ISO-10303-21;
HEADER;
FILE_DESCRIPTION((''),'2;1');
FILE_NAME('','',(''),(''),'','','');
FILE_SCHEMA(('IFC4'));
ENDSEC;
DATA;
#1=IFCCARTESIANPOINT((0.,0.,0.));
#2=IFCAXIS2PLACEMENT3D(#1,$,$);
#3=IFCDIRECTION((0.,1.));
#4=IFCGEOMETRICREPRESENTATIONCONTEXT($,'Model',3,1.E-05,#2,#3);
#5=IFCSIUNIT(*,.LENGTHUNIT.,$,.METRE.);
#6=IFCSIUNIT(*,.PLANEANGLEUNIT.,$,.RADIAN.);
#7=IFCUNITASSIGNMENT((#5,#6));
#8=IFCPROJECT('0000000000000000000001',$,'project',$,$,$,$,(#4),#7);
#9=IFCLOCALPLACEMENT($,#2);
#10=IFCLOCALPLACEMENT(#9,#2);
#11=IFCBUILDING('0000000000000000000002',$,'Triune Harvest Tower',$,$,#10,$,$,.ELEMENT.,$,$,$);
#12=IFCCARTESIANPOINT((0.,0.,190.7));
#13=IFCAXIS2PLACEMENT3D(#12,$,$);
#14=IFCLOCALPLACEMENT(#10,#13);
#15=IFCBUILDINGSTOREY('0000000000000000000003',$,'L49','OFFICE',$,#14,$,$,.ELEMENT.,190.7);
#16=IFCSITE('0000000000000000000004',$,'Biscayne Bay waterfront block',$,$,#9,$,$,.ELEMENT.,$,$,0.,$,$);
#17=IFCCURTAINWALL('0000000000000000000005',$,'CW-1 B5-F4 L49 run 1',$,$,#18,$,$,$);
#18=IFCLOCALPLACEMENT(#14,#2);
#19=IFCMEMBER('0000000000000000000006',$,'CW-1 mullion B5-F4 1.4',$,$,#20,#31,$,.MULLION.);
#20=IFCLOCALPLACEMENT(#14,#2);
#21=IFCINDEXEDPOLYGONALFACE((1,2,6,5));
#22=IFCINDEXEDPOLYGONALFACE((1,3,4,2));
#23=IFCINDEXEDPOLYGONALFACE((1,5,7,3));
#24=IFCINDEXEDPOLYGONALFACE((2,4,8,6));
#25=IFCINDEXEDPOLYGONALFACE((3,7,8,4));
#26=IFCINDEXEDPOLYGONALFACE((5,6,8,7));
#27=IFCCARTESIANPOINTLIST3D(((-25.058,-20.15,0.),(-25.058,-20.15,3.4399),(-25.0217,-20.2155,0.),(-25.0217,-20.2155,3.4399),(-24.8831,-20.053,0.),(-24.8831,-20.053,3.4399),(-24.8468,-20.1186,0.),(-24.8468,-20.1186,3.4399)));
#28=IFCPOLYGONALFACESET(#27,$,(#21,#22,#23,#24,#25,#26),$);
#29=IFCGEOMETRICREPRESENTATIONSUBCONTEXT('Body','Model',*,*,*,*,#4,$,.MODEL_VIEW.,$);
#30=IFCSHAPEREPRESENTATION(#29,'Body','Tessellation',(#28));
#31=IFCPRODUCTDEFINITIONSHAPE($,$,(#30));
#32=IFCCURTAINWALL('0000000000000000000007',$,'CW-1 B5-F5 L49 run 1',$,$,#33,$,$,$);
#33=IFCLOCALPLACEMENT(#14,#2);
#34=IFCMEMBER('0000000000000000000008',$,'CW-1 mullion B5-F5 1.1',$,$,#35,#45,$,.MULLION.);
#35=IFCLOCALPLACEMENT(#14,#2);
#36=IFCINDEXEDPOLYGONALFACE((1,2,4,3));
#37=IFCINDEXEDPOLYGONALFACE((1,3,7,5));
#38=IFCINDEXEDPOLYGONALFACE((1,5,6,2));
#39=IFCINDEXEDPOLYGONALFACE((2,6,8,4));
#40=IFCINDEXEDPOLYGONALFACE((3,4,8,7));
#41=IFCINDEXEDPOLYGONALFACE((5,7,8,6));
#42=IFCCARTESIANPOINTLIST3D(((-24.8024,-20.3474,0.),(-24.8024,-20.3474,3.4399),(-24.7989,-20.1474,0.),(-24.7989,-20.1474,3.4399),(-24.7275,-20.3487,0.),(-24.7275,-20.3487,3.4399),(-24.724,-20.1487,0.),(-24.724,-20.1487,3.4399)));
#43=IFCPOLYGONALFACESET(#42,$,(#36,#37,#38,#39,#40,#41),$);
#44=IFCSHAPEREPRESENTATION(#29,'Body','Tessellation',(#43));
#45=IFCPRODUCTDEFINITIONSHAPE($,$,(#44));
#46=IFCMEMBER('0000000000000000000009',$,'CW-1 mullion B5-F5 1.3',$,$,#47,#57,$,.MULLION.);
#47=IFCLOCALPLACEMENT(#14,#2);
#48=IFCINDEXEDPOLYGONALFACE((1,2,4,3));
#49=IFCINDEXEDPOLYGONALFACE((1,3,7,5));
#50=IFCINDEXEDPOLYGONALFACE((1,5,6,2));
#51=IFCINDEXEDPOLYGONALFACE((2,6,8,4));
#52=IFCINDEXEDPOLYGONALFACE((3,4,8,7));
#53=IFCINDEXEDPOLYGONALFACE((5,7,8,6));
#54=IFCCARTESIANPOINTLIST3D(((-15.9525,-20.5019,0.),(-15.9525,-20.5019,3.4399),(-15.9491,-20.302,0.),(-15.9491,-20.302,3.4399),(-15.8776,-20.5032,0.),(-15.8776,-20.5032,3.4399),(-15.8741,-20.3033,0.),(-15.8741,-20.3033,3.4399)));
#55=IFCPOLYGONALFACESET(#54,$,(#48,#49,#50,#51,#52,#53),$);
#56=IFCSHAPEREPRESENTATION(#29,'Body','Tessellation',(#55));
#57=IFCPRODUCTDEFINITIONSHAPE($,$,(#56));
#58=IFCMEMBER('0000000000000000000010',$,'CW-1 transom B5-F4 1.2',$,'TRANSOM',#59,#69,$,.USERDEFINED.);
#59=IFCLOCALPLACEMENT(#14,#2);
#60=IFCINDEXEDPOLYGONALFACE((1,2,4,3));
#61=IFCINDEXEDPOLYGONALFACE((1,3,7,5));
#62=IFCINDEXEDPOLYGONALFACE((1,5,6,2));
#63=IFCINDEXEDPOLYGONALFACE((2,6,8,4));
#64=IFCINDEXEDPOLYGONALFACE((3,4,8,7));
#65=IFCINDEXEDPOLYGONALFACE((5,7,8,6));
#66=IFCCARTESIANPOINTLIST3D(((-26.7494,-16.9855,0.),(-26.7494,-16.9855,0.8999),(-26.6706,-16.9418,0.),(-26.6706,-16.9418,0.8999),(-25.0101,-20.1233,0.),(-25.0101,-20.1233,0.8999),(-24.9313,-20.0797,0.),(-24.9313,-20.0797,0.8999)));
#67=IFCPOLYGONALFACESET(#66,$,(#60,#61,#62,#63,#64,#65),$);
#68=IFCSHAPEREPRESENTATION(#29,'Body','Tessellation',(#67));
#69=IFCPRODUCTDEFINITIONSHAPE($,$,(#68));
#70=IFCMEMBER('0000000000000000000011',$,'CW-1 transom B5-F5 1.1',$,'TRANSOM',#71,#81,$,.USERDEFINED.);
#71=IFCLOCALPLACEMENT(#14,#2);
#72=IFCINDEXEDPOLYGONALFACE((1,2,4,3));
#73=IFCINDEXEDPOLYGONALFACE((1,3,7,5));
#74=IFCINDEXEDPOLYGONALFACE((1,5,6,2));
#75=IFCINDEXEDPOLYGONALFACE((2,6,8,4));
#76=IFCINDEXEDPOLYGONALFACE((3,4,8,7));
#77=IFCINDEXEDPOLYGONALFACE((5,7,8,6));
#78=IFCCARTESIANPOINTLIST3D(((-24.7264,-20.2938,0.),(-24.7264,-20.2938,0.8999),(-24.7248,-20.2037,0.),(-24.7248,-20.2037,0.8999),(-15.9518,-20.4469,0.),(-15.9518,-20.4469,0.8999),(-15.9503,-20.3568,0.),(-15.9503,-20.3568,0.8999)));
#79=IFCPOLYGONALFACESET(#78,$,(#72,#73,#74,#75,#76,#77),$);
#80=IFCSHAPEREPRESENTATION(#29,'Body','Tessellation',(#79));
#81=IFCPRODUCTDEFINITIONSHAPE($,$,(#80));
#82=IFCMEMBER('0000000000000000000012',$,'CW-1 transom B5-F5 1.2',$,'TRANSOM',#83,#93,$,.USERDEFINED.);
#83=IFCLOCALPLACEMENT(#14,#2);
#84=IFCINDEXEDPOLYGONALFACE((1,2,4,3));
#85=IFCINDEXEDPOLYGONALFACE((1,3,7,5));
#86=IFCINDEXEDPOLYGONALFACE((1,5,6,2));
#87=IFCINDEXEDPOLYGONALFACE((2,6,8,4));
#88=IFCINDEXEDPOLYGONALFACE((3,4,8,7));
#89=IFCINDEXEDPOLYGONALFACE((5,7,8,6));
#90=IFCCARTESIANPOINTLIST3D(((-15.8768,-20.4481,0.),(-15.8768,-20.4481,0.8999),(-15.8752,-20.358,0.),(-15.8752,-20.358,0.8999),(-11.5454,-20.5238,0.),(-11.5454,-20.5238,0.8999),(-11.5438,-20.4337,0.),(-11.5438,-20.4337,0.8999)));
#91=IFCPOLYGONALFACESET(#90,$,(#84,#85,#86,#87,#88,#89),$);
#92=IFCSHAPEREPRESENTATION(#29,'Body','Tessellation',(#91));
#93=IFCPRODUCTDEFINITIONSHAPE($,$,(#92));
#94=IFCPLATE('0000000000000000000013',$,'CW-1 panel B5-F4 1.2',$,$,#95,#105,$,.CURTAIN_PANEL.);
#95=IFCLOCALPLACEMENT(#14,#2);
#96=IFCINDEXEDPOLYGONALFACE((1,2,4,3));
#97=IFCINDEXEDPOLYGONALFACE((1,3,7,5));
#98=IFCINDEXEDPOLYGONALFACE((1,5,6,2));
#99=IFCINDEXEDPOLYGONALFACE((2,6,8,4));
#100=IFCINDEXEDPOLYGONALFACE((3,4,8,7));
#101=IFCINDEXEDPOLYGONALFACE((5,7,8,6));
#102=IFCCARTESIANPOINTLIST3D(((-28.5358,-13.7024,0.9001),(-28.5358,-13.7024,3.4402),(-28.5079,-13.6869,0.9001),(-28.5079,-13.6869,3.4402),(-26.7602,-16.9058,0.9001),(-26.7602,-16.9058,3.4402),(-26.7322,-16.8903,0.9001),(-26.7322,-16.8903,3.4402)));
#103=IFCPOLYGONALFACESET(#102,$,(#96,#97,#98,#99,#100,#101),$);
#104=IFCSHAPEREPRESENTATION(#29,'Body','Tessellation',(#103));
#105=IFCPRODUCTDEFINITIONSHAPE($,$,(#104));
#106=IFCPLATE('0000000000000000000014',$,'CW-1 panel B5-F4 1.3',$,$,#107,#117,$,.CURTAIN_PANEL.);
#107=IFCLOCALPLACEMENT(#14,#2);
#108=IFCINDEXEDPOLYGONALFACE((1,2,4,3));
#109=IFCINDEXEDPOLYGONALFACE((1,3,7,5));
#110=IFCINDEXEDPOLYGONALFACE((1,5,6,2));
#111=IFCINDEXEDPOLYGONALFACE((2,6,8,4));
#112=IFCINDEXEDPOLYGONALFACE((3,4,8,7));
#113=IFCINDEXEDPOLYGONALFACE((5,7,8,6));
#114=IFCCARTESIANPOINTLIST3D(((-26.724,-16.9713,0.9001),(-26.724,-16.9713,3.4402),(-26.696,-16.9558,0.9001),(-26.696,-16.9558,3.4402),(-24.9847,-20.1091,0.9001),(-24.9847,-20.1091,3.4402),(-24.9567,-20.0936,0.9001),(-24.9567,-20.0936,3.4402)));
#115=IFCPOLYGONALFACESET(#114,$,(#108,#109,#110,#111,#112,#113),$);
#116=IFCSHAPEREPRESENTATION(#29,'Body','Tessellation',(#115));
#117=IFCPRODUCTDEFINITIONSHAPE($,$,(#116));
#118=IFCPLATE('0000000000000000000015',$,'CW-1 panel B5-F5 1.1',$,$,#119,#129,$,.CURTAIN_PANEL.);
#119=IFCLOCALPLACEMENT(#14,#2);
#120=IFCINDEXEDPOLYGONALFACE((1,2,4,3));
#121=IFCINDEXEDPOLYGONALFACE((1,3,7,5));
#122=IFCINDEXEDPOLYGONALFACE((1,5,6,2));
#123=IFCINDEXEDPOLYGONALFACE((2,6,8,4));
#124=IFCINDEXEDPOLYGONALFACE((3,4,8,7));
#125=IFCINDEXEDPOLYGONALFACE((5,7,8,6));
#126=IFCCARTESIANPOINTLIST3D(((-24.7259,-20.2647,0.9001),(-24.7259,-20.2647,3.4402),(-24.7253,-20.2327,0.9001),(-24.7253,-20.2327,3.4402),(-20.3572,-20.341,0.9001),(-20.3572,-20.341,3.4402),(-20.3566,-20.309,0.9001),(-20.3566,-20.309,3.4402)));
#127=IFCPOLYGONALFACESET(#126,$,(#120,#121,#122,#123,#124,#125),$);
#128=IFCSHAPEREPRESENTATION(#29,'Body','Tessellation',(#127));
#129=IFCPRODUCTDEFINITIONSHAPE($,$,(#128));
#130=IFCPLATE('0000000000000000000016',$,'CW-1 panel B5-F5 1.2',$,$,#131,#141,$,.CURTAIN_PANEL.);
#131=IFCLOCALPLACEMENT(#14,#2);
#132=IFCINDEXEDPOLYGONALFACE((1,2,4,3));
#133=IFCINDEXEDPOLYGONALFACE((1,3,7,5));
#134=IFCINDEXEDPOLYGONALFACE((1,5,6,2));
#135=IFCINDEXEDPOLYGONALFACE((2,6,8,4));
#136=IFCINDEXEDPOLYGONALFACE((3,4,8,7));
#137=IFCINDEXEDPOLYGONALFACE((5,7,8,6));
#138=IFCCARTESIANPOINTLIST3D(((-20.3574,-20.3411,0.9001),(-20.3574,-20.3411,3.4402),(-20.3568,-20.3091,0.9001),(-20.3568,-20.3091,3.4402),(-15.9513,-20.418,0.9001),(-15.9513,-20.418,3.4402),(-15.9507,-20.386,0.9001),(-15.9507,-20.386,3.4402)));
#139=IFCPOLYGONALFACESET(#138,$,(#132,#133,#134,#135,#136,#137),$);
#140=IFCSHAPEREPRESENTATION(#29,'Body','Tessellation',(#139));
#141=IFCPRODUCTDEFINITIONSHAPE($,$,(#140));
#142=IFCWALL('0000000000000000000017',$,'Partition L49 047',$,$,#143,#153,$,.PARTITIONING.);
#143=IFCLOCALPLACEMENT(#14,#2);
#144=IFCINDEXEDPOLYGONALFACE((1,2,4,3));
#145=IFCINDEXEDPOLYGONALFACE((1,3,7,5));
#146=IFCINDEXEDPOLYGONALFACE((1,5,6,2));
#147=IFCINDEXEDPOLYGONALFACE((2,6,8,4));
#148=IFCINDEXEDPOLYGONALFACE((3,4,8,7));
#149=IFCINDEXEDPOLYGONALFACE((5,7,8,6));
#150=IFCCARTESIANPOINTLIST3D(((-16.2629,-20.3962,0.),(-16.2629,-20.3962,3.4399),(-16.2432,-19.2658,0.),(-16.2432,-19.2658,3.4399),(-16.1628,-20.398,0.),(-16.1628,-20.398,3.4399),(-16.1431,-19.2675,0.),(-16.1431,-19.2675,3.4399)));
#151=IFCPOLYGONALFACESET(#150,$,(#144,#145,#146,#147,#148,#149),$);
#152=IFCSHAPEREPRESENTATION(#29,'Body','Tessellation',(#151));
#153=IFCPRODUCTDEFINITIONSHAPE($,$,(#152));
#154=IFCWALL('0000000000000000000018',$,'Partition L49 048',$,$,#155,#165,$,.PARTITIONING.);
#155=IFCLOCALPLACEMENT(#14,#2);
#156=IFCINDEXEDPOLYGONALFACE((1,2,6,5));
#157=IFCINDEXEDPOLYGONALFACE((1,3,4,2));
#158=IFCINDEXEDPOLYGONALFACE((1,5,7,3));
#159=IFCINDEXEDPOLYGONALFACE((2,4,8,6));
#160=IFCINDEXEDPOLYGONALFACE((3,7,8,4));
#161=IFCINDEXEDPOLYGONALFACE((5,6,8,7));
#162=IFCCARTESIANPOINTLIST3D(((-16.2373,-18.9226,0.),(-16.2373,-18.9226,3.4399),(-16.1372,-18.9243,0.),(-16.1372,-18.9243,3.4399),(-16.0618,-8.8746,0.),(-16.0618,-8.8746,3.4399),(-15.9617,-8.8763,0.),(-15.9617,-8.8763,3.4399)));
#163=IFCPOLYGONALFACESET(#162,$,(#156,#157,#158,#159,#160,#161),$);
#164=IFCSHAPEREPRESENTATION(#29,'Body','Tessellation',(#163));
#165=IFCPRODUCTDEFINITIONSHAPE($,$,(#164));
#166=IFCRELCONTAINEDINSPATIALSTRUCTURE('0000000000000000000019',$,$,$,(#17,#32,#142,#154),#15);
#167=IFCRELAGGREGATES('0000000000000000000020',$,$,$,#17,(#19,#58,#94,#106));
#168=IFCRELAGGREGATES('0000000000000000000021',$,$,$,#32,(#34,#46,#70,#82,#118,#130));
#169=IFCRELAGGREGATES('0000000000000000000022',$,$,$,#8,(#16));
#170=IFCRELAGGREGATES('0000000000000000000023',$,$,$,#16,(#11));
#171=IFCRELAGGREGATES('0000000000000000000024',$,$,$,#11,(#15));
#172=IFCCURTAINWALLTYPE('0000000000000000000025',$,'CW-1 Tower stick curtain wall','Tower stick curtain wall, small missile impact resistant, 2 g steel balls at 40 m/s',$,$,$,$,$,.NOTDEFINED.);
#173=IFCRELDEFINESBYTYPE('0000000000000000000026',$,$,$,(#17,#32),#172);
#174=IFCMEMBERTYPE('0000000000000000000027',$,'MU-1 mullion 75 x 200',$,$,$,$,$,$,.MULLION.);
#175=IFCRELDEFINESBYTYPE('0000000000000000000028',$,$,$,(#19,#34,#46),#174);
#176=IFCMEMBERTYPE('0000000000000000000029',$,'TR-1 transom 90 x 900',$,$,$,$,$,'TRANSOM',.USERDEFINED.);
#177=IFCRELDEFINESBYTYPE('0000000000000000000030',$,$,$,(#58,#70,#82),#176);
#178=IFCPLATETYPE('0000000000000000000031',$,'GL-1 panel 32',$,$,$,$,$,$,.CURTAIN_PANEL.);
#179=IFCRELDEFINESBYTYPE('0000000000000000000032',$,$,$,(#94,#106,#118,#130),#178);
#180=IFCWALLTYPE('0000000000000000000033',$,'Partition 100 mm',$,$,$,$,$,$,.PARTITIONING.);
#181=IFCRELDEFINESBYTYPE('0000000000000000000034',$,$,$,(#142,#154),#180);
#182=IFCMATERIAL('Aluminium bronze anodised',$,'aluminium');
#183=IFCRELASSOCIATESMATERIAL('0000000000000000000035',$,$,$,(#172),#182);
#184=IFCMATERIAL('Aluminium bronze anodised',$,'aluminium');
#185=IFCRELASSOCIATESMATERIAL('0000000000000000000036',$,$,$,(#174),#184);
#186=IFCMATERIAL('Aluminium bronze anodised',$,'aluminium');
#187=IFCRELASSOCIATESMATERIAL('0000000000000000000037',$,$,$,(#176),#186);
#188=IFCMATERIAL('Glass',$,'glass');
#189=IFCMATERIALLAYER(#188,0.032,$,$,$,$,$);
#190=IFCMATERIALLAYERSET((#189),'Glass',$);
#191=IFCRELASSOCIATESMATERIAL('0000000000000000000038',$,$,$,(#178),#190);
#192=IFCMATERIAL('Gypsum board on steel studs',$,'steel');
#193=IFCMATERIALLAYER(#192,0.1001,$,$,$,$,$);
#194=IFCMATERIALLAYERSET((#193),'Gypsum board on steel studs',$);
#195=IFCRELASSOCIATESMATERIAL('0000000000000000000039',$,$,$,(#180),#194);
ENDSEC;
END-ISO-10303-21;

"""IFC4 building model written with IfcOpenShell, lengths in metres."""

from ifc_helpers import new_model, si_unit, direction, frame, frame_2d, origin, origin_2d, place, context, subcontext, project, spatial, rectangle, extrude, source, transform, mapped, material, layer, layer_set, material_profile, profile_set, type_object, element, aggregate, save


model = new_model("IFC4")

# Units and contexts
model_context = context("Model", 3, precision=1e-05, world=origin(), true_north=direction((0.0, 1.0)))
body_context = subcontext(model_context, "Body", "Model", "MODEL_VIEW")
ifc_project = project(units=[si_unit("LENGTHUNIT", "METRE"), si_unit("PLANEANGLEUNIT", "RADIAN")], contexts=[model_context])

# Site, building, storey
site_placement = place(None, origin())
site = spatial("IfcSite", under=ifc_project, at=site_placement, Name="Biscayne Bay waterfront block", CompositionType="ELEMENT", RefElevation=0.0)
building_placement = place(site_placement, origin())
building = spatial("IfcBuilding", under=site, at=building_placement, Name="Triune Harvest Tower", CompositionType="ELEMENT")
storey_placement = place(building_placement, frame((0.0, 0.0, 190.7)))
storey = spatial("IfcBuildingStorey", under=building, at=storey_placement, Name="L49", Description="OFFICE", CompositionType="ELEMENT", Elevation=190.7)

# Curtain walls, members
ifc_material_1 = material(Name="Aluminium bronze anodised", Category="aluminium")
curtain_wall_type = type_object("IfcCurtainWallType", Name="CW-1 Tower stick curtain wall", Description="Tower stick curtain wall, small missile impact resistant, 2 g steel balls at 40 m/s", PredefinedType="NOTDEFINED", material=ifc_material_1)
curtain_wall_1_placement = place(storey_placement, origin())
curtain_wall_1 = element("IfcCurtainWall", 1, at=curtain_wall_1_placement, inside=storey, type_object=curtain_wall_type, Name="CW-1 B5-F4 L49 run 1")
ifc_material_2 = material(Name="Aluminium bronze anodised", Category="aluminium")
ifc_material_profile_1 = material_profile(ifc_material_2, rectangle(XDim=0.2, YDim=0.075, at=origin_2d()), Name="MU-1 mullion 75 x 200")
ifc_profile_set_1 = profile_set([ifc_material_profile_1], Name="Aluminium bronze anodised")
member_type_1 = type_object("IfcMemberType", Name="MU-1 mullion 75 x 200", PredefinedType="MULLION", material=ifc_profile_set_1)
shared_shape_1 = source(origin(), body_context, "Body", "SweptSolid", [
    extrude(rectangle(XDim=0.2, YDim=0.075, at=origin_2d()), origin(), (0.0, 0.0, 1.0), 3.4399),
])
member_1_placement = place(storey_placement, frame((-24.9524, -20.1343, 0.0), z_axis=(0.0, 0.0, 1.0), x_axis=(0.874624, 0.484802, 0.0)))
member_1 = element("IfcMember", 2, at=member_1_placement, type_object=member_type_1, Name="CW-1 mullion B5-F4 1.4", PredefinedType="MULLION", context=body_context, shape_type="MappedRepresentation", body=[
    mapped(shared_shape_1, transform((0.0, 0.0, 0.0), scale=1.0)),
])
curtain_wall_2_placement = place(storey_placement, origin())
curtain_wall_2 = element("IfcCurtainWall", 3, at=curtain_wall_2_placement, inside=storey, type_object=curtain_wall_type, Name="CW-1 B5-F5 L49 run 1")
member_2_placement = place(storey_placement, frame((-24.7632, -20.248, 0.0), z_axis=(0.0, 0.0, 1.0), x_axis=(0.017455, 0.999848, 0.0)))
member_2 = element("IfcMember", 4, at=member_2_placement, type_object=member_type_1, Name="CW-1 mullion B5-F5 1.1", PredefinedType="MULLION", context=body_context, shape_type="MappedRepresentation", body=[
    mapped(shared_shape_1, transform((0.0, 0.0, 0.0), scale=1.0)),
])
member_3_placement = place(storey_placement, frame((-15.9133, -20.4026, 0.0), z_axis=(0.0, 0.0, 1.0), x_axis=(0.017455, 0.999848, 0.0)))
member_3 = element("IfcMember", 5, at=member_3_placement, type_object=member_type_1, Name="CW-1 mullion B5-F5 1.3", PredefinedType="MULLION", context=body_context, shape_type="MappedRepresentation", body=[
    mapped(shared_shape_1, transform((0.0, 0.0, 0.0), scale=1.0)),
])

# Members
ifc_material_3 = material(Name="Aluminium bronze anodised", Category="aluminium")
ifc_material_profile_2 = material_profile(ifc_material_3, rectangle(XDim=0.0901, YDim=0.8999, at=origin_2d()), Name="TR-1 transom 90 x 900")
ifc_profile_set_2 = profile_set([ifc_material_profile_2], Name="Aluminium bronze anodised")
member_type_2 = type_object("IfcMemberType", Name="TR-1 transom 90 x 900", ElementType="TRANSOM", PredefinedType="USERDEFINED", material=ifc_profile_set_2)
shared_shape_2 = source(origin(), body_context, "Body", "SweptSolid", [
    extrude(rectangle(XDim=0.0901, YDim=0.8999, at=origin_2d()), origin(), (0.0, 0.0, 1.0), 3.5876),
])
member_4_placement = place(storey_placement, frame((-26.71, -16.9636, 0.45), z_axis=(0.484782, -0.874635, 0.0), x_axis=(0.874635, 0.484782, 0.0)))
member_4 = element("IfcMember", 6, at=member_4_placement, type_object=member_type_2, Name="CW-1 transom B5-F4 1.2", ObjectType="TRANSOM", PredefinedType="USERDEFINED", context=body_context, shape_type="MappedRepresentation", body=[
    mapped(shared_shape_2, transform((0.0, 0.0, 0.0), scale=1.0)),
])
shared_shape_3 = source(origin(), body_context, "Body", "SweptSolid", [
    extrude(rectangle(XDim=0.0901, YDim=0.8999, at=origin_2d()), origin(), (0.0, 0.0, 1.0), 8.7759),
])
member_5_placement = place(storey_placement, frame((-24.7256, -20.2488, 0.45), z_axis=(0.999848, -0.017443, 0.0), x_axis=(0.017443, 0.999848, 0.0)))
member_5 = element("IfcMember", 7, at=member_5_placement, type_object=member_type_2, Name="CW-1 transom B5-F5 1.1", ObjectType="TRANSOM", PredefinedType="USERDEFINED", context=body_context, shape_type="MappedRepresentation", body=[
    mapped(shared_shape_3, transform((0.0, 0.0, 0.0), scale=1.0)),
])
shared_shape_4 = source(origin(), body_context, "Body", "SweptSolid", [
    extrude(rectangle(XDim=0.0901, YDim=0.8999, at=origin_2d()), origin(), (0.0, 0.0, 1.0), 4.332),
])
member_6_placement = place(storey_placement, frame((-15.876, -20.4031, 0.45), z_axis=(0.999847, -0.017471, 0.0), x_axis=(0.017471, 0.999847, 0.0)))
member_6 = element("IfcMember", 8, at=member_6_placement, type_object=member_type_2, Name="CW-1 transom B5-F5 1.2", ObjectType="TRANSOM", PredefinedType="USERDEFINED", context=body_context, shape_type="MappedRepresentation", body=[
    mapped(shared_shape_4, transform((0.0, 0.0, 0.0), scale=1.0)),
])

# Plates
ifc_material_4 = material(Name="Glass", Category="glass")
ifc_layer_1 = layer(ifc_material_4, 0.032)
ifc_layer_set_1 = layer_set([ifc_layer_1], Name="Glass")
plate_type = type_object("IfcPlateType", Name="GL-1 panel 32", PredefinedType="CURTAIN_PANEL", material=ifc_layer_set_1)
shared_shape_5 = source(origin(), body_context, "Body", "SweptSolid", [
    extrude(rectangle(XDim=3.6626, YDim=0.032, at=origin_2d()), origin(), (0.0, 0.0, 1.0), 2.54),
])
plate_1_placement = place(storey_placement, frame((-27.634, -15.2964, 0.9001), z_axis=(0.0, 0.0, 1.0), x_axis=(0.484802, -0.874624, 0.0)))
plate_1 = element("IfcPlate", 9, at=plate_1_placement, type_object=plate_type, Name="CW-1 panel B5-F4 1.2", PredefinedType="CURTAIN_PANEL", context=body_context, shape_type="MappedRepresentation", body=[
    mapped(shared_shape_5, transform((0.0, 0.0, 0.0), scale=1.0)),
])
shared_shape_6 = source(origin(), body_context, "Body", "SweptSolid", [
    extrude(rectangle(XDim=3.5876, YDim=0.032, at=origin_2d()), origin(), (0.0, 0.0, 1.0), 2.54),
])
plate_2_placement = place(storey_placement, frame((-25.8403, -18.5325, 0.9001), z_axis=(0.0, 0.0, 1.0), x_axis=(0.484802, -0.874624, 0.0)))
plate_2 = element("IfcPlate", 10, at=plate_2_placement, type_object=plate_type, Name="CW-1 panel B5-F4 1.3", PredefinedType="CURTAIN_PANEL", context=body_context, shape_type="MappedRepresentation", body=[
    mapped(shared_shape_6, transform((0.0, 0.0, 0.0), scale=1.0)),
])
aggregate(curtain_wall_1, [member_1, member_4, plate_1, plate_2])
shared_shape_7 = source(origin(), body_context, "Body", "SweptSolid", [
    extrude(rectangle(XDim=4.3694, YDim=0.032, at=origin_2d()), origin(), (0.0, 0.0, 1.0), 2.54),
])
plate_3_placement = place(storey_placement, frame((-22.5413, -20.2869, 0.9001), z_axis=(0.0, 0.0, 1.0), x_axis=(0.999848, -0.017455, 0.0)))
plate_3 = element("IfcPlate", 11, at=plate_3_placement, type_object=plate_type, Name="CW-1 panel B5-F5 1.1", PredefinedType="CURTAIN_PANEL", context=body_context, shape_type="MappedRepresentation", body=[
    mapped(shared_shape_7, transform((0.0, 0.0, 0.0), scale=1.0)),
])
shared_shape_8 = source(origin(), body_context, "Body", "SweptSolid", [
    extrude(rectangle(XDim=4.4067, YDim=0.032, at=origin_2d()), origin(), (0.0, 0.0, 1.0), 2.54),
])
plate_4_placement = place(storey_placement, frame((-18.1541, -20.3635, 0.9001), z_axis=(0.0, 0.0, 1.0), x_axis=(0.999848, -0.017455, 0.0)))
plate_4 = element("IfcPlate", 12, at=plate_4_placement, type_object=plate_type, Name="CW-1 panel B5-F5 1.2", PredefinedType="CURTAIN_PANEL", context=body_context, shape_type="MappedRepresentation", body=[
    mapped(shared_shape_8, transform((0.0, 0.0, 0.0), scale=1.0)),
])
aggregate(curtain_wall_2, [member_2, member_3, member_5, member_6, plate_3, plate_4])

# Walls
ifc_material_5 = material(Name="Gypsum board on steel studs", Category="steel")
ifc_layer_2 = layer(ifc_material_5, 0.1001)
ifc_layer_set_2 = layer_set([ifc_layer_2], Name="Gypsum board on steel studs")
wall_type = type_object("IfcWallType", Name="Partition 100 mm", PredefinedType="PARTITIONING", material=ifc_layer_set_2)
shared_shape_9 = source(origin(), body_context, "Body", "SweptSolid", [
    extrude(rectangle(XDim=1.1306, YDim=0.1001, at=frame_2d((0.5654, 0.0))), origin(), (0.0, 0.0, 1.0), 3.4399),
])
wall_1_placement = place(storey_placement, frame((-16.2129, -20.3972, 0.0), z_axis=(0.0, 0.0, 1.0), x_axis=(0.017492, 0.999847, 0.0)))
element("IfcWall", 13, at=wall_1_placement, inside=storey, type_object=wall_type, Name="Partition L49 047", PredefinedType="PARTITIONING", context=body_context, shape_type="MappedRepresentation", body=[
    mapped(shared_shape_9, transform((0.0, 0.0, 0.0), scale=1.0)),
])
shared_shape_10 = source(origin(), body_context, "Body", "SweptSolid", [
    extrude(rectangle(XDim=10.0496, YDim=0.1001, at=frame_2d((5.0249, 0.0))), origin(), (0.0, 0.0, 1.0), 3.4399),
])
wall_2_placement = place(storey_placement, frame((-16.1873, -18.9236, 0.0), z_axis=(0.0, 0.0, 1.0), x_axis=(0.017467, 0.999847, 0.0)))
element("IfcWall", 14, at=wall_2_placement, inside=storey, type_object=wall_type, Name="Partition L49 048", PredefinedType="PARTITIONING", context=body_context, shape_type="MappedRepresentation", body=[
    mapped(shared_shape_10, transform((0.0, 0.0, 0.0), scale=1.0)),
])

save(model, "model.ifc")
